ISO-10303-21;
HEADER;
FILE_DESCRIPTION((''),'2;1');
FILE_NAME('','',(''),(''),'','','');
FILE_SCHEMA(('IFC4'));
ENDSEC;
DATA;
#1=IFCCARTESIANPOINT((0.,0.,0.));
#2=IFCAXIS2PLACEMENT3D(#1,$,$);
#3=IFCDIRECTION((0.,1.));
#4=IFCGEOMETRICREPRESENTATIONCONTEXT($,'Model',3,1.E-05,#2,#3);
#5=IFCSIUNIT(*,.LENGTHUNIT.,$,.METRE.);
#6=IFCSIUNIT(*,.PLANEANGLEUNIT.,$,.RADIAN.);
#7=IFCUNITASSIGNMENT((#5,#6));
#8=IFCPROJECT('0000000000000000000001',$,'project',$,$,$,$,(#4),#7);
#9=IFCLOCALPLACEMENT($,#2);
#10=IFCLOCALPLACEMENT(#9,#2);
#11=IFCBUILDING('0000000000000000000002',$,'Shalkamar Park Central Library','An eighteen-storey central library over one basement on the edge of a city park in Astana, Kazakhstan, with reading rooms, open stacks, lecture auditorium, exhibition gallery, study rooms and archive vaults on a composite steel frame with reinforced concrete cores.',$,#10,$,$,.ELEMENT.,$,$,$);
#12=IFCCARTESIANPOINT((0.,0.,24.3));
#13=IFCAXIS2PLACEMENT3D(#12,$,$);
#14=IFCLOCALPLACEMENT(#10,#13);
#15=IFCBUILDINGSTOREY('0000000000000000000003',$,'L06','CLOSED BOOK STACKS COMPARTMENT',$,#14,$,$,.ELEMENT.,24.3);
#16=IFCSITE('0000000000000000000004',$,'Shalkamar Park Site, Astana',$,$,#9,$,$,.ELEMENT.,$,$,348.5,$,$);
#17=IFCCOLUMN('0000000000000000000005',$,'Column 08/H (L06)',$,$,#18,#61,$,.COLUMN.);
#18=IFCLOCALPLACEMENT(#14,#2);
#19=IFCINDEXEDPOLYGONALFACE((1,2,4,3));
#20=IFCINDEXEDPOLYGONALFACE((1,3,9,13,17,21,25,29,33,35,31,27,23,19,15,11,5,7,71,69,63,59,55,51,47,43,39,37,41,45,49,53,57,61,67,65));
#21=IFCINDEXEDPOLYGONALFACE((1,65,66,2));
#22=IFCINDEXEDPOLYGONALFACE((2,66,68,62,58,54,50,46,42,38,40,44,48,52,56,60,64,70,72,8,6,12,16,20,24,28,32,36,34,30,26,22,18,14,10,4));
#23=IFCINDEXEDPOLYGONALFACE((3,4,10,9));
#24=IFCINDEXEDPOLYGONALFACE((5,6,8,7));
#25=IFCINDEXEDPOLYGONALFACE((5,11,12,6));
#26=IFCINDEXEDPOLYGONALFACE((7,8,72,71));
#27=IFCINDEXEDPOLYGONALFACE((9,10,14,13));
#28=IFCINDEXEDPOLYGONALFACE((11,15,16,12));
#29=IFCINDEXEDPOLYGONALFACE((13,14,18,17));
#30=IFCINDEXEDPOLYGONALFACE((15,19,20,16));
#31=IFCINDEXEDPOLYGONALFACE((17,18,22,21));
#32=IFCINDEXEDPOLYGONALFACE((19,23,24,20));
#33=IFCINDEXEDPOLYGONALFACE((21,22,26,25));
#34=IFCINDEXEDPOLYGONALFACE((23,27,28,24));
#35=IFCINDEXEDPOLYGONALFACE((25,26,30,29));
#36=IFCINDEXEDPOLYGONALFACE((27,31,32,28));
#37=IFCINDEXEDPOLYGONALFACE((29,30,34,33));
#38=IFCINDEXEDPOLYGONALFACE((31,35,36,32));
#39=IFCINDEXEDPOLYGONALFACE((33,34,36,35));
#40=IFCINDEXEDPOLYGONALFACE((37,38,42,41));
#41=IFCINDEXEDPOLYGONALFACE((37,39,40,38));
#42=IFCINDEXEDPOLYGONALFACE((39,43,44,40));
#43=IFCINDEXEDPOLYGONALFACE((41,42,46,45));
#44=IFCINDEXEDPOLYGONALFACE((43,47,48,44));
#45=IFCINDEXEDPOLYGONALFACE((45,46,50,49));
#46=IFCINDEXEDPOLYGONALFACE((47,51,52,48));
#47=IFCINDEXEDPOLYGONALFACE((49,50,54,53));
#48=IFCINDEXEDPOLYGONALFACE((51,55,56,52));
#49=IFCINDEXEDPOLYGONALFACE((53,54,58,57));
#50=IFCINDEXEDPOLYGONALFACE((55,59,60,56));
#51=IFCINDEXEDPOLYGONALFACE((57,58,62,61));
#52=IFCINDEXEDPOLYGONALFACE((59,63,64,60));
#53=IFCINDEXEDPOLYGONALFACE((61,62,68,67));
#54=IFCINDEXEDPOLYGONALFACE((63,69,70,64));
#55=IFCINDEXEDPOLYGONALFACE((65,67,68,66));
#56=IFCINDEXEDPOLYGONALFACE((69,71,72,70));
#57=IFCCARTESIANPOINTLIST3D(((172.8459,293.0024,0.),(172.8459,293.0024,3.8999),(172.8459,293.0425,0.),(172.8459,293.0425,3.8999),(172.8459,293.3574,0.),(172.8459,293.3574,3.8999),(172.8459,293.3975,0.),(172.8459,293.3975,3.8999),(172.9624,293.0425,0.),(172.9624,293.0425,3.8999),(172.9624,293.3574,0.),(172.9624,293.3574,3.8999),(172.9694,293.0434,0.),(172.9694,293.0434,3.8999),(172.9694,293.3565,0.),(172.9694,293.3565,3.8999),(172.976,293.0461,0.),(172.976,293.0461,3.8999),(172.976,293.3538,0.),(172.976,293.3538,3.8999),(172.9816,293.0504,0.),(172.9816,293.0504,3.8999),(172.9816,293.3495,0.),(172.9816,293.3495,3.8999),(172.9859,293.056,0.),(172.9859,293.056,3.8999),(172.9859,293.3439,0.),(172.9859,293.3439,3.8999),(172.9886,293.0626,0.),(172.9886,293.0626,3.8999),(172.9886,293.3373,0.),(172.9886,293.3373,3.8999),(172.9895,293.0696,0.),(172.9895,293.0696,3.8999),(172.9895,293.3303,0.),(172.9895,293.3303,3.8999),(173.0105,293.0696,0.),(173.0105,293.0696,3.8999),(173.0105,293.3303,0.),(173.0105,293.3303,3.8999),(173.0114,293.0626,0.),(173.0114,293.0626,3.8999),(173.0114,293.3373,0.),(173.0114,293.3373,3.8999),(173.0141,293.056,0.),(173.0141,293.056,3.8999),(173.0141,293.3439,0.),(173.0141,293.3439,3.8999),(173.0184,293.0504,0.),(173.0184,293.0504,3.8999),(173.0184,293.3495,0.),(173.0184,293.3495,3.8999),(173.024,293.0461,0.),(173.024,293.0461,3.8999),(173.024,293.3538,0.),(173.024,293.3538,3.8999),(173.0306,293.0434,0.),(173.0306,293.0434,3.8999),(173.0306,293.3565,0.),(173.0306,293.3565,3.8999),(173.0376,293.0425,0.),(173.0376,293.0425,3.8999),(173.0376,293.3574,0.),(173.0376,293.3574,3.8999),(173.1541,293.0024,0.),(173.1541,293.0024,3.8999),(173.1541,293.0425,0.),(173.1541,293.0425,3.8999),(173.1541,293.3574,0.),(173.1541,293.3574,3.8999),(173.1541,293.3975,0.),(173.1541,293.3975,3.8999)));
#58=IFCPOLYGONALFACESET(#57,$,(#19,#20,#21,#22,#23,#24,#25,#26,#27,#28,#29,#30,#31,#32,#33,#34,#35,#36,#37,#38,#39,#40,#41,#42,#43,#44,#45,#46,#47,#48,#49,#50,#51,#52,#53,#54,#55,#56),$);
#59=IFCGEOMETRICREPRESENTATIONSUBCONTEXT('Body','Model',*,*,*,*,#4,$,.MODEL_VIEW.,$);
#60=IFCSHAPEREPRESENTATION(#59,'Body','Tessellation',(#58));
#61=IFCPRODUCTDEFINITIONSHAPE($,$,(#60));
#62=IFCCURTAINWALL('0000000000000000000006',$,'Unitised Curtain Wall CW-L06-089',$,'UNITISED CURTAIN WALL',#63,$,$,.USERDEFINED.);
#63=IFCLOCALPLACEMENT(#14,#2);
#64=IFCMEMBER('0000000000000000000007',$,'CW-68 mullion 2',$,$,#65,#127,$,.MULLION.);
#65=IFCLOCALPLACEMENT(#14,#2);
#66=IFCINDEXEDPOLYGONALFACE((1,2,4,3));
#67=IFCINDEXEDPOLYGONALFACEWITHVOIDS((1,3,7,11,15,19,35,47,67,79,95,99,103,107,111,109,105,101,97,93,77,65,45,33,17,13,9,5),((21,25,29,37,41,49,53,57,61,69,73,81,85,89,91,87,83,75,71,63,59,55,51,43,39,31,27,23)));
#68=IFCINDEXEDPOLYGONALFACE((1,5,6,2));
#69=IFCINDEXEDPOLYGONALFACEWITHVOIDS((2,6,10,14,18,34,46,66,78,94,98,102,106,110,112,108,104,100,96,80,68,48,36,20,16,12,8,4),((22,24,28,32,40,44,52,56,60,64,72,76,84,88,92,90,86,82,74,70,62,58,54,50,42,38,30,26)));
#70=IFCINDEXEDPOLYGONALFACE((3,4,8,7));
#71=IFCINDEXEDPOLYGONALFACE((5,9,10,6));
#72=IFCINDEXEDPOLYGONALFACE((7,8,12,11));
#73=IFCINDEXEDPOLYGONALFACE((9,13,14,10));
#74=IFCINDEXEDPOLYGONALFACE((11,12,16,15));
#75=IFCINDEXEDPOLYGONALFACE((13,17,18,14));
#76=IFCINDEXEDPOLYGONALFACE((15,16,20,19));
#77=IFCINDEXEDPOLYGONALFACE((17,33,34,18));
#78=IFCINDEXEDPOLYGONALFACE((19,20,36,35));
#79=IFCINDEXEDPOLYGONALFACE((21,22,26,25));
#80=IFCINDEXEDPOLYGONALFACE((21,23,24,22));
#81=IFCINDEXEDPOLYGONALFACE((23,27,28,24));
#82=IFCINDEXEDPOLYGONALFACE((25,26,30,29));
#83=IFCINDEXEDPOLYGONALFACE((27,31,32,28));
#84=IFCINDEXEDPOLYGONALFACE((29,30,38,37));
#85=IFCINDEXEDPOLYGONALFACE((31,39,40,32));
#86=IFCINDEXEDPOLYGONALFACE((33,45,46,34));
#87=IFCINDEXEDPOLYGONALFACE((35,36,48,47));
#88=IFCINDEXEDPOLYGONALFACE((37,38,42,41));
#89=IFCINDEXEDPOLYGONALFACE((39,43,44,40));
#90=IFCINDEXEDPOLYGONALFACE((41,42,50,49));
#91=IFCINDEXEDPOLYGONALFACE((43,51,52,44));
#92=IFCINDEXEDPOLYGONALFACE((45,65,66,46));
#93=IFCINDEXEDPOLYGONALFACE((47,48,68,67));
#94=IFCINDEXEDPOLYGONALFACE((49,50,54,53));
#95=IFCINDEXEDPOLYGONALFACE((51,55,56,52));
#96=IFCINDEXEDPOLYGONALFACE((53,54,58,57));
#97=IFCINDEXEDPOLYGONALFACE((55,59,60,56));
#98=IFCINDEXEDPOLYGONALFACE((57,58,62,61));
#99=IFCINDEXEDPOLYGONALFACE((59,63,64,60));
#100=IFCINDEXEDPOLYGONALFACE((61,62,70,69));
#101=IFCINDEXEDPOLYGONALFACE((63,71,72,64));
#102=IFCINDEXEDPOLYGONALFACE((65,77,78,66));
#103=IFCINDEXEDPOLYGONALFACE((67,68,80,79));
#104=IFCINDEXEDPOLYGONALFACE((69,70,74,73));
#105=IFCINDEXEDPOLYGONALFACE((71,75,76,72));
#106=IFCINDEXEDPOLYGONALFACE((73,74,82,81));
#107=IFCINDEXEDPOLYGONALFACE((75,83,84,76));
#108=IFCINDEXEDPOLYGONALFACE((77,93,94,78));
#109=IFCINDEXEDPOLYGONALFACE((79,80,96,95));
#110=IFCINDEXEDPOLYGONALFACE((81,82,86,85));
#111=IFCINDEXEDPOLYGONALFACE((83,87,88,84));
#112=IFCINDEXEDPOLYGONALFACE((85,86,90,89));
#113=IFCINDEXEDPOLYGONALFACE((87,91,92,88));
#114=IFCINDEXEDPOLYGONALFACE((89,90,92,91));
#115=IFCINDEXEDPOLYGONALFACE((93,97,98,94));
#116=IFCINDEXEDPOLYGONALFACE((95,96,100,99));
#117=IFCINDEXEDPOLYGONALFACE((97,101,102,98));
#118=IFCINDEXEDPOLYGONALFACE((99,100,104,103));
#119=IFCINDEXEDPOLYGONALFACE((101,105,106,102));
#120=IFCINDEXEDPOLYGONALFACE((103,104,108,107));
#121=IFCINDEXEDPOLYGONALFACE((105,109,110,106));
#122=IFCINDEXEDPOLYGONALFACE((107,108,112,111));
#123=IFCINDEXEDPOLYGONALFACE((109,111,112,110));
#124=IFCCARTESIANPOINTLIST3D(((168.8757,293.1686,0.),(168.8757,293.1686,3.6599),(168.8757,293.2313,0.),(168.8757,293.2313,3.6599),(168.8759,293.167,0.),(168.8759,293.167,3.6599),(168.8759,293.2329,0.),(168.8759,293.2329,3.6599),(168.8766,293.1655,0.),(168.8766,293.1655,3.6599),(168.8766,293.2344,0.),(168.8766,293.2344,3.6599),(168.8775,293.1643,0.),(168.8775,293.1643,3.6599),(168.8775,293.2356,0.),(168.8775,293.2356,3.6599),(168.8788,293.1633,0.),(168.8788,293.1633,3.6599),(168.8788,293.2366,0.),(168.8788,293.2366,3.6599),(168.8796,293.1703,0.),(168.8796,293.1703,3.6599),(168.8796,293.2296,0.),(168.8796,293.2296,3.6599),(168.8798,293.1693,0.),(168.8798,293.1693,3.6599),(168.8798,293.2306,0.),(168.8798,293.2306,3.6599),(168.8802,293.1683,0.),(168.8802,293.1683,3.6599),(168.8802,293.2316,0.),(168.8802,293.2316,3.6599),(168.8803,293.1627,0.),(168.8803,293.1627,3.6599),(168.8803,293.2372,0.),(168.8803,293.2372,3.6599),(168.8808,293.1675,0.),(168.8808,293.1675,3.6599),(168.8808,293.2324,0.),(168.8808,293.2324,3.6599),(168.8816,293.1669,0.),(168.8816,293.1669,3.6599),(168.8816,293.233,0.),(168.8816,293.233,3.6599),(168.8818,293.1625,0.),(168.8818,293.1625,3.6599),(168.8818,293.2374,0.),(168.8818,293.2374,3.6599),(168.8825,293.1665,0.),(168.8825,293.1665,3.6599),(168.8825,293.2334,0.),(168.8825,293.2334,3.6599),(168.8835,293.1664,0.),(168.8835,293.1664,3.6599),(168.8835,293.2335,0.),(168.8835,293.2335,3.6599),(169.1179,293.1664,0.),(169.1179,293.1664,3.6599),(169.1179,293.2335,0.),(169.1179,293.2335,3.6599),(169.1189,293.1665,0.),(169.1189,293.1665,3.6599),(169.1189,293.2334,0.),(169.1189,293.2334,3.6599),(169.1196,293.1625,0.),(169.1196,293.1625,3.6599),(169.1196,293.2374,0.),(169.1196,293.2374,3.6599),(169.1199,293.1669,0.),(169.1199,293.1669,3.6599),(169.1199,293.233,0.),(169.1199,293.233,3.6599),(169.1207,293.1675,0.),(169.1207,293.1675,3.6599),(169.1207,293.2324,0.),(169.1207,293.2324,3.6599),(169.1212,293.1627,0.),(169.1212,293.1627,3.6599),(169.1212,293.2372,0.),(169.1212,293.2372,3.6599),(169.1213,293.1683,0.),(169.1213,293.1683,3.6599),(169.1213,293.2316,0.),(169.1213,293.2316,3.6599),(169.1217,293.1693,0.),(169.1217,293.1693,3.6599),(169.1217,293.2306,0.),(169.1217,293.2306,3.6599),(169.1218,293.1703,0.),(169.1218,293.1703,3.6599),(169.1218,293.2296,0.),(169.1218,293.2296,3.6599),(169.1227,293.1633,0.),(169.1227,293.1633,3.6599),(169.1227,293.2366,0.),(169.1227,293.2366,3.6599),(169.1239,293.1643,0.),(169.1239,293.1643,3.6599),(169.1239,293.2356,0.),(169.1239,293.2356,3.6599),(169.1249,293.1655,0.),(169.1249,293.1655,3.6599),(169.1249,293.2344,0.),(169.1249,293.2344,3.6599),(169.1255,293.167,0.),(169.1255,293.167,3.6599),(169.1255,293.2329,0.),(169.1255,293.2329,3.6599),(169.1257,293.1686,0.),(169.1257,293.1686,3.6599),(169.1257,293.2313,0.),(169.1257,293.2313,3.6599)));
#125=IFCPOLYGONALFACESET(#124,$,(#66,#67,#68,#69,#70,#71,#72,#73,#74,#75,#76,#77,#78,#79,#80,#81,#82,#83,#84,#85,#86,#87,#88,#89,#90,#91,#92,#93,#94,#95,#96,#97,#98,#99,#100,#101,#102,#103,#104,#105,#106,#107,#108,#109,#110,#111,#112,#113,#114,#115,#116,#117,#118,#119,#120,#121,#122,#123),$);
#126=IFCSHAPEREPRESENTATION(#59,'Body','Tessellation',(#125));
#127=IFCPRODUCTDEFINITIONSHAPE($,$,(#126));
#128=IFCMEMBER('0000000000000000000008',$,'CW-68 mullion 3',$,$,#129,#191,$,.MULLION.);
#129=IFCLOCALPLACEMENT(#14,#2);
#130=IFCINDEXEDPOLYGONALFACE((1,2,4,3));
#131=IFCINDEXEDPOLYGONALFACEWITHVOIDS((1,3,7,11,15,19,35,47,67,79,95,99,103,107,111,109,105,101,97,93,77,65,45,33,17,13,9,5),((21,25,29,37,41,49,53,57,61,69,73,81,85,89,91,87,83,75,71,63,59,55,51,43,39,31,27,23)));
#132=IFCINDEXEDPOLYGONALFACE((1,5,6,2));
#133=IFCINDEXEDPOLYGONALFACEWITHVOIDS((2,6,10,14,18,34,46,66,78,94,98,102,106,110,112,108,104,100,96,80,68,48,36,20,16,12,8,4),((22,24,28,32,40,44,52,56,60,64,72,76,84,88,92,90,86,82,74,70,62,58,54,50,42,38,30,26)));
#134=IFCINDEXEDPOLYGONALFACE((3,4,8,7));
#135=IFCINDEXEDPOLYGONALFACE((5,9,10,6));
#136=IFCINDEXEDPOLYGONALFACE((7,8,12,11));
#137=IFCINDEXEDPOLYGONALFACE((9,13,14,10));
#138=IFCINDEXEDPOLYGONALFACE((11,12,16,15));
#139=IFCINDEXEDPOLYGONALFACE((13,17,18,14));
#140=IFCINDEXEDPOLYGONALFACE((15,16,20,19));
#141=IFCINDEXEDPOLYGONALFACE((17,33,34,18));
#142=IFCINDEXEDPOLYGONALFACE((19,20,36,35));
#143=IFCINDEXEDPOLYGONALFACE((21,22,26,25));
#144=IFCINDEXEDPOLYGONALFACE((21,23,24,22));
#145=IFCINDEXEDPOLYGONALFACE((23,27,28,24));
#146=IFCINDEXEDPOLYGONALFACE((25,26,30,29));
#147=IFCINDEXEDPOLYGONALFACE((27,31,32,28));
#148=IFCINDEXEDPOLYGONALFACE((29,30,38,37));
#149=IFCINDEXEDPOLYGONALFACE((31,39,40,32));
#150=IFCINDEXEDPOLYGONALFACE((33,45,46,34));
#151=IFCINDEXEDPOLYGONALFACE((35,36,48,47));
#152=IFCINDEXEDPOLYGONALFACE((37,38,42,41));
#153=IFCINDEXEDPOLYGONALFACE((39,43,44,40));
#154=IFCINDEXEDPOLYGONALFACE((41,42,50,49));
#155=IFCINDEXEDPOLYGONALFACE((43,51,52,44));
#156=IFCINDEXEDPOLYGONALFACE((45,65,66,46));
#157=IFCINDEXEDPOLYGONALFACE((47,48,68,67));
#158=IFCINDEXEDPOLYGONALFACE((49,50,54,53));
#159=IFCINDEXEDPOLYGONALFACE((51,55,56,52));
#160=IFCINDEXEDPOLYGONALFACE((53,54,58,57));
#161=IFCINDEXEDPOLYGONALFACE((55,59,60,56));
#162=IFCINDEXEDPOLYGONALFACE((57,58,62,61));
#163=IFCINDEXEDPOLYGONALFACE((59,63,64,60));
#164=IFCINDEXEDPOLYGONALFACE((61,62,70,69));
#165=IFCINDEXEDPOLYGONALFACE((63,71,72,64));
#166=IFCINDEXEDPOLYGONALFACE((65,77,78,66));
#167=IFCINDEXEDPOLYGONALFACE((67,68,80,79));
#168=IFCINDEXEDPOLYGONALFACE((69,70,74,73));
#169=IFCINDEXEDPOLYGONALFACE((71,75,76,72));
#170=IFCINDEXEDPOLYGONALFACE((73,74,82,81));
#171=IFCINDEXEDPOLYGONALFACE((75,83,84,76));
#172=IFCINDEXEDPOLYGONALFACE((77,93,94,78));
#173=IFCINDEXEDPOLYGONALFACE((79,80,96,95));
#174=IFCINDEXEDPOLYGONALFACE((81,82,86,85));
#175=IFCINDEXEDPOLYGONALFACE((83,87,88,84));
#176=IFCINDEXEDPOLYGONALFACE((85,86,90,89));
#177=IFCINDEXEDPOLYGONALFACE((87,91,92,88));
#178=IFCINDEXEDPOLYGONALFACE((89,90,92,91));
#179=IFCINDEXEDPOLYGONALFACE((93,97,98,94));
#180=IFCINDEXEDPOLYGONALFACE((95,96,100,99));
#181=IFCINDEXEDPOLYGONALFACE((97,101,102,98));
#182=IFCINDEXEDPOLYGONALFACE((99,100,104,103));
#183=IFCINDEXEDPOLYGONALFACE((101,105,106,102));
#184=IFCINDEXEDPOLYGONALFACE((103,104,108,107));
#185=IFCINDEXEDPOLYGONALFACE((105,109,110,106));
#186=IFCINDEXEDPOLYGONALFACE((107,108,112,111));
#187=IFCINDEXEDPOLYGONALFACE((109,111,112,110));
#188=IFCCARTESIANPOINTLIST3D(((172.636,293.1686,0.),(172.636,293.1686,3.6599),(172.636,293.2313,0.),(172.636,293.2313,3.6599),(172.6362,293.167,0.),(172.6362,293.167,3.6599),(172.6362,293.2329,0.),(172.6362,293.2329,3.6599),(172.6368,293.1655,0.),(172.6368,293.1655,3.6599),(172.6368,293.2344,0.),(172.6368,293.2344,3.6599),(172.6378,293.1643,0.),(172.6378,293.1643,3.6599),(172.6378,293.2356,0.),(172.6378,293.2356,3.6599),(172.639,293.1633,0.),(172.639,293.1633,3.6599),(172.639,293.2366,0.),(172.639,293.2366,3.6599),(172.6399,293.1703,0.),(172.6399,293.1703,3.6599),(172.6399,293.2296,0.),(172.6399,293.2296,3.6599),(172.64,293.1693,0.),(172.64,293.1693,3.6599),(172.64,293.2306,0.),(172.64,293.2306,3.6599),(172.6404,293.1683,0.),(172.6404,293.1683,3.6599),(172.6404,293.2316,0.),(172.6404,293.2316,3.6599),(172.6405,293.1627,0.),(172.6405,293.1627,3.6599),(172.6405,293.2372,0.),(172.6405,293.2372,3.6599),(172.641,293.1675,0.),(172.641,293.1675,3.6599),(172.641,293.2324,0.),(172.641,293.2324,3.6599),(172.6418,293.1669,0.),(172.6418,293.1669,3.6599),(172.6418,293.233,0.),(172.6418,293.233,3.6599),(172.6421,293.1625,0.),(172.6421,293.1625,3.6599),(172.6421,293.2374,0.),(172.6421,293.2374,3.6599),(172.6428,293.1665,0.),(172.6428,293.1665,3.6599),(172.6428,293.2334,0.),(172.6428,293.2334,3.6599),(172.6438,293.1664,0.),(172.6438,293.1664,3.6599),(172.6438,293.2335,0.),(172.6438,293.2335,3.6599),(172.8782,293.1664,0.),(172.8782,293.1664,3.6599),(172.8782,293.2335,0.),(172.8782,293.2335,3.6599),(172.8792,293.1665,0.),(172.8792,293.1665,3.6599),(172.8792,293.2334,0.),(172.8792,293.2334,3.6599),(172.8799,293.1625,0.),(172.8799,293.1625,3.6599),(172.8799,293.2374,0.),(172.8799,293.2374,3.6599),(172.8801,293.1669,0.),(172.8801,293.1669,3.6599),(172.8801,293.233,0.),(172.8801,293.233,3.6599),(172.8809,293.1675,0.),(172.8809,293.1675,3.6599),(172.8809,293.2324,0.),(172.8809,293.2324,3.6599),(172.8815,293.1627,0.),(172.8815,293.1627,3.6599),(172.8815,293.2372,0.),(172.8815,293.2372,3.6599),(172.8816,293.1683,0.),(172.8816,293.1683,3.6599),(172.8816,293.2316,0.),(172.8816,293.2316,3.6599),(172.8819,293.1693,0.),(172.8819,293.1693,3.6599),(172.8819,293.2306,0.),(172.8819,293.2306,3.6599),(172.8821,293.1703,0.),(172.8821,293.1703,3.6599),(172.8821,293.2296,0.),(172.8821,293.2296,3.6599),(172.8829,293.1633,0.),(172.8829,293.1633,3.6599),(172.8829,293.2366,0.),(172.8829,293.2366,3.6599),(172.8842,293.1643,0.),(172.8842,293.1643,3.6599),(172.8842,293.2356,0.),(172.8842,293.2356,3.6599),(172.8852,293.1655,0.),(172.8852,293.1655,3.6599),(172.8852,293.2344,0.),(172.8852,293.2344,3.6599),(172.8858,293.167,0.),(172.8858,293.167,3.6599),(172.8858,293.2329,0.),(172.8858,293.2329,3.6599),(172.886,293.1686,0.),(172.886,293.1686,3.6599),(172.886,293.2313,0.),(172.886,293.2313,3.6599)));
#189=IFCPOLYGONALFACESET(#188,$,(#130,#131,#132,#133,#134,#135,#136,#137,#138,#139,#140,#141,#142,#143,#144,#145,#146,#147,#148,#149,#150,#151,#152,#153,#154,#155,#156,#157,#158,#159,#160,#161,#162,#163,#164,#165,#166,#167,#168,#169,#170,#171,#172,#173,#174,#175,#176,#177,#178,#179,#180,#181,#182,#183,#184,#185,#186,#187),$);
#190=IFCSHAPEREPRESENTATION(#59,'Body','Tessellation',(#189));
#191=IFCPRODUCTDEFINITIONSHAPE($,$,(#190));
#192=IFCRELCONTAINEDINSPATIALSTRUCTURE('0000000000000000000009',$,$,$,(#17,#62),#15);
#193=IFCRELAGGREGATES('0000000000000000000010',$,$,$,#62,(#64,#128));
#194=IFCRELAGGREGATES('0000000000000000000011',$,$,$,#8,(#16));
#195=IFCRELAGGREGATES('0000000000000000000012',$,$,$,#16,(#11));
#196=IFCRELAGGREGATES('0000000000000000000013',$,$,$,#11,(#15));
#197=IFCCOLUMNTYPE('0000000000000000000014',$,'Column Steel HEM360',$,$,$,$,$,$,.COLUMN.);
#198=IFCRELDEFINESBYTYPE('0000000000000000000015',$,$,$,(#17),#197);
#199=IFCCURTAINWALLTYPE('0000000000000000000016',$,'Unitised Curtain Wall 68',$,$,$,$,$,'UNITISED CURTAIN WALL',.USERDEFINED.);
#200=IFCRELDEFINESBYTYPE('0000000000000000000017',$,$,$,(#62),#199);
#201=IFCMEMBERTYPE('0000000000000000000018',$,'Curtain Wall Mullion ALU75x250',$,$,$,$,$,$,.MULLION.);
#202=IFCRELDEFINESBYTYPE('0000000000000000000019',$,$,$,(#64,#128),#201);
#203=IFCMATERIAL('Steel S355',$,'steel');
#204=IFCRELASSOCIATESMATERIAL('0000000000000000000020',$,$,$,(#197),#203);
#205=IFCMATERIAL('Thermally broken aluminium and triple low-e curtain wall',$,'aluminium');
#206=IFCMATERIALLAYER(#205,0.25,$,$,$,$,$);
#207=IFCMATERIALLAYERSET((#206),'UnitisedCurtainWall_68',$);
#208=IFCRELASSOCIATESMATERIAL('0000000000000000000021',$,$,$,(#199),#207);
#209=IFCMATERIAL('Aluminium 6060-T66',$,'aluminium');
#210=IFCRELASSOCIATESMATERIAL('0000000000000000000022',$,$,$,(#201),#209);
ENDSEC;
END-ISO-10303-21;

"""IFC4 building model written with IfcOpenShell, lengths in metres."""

from ifc_helpers import new_model, si_unit, direction, frame, origin, origin_2d, place, context, subcontext, project, spatial, hollow_rectangle, i_section, extrude, material, layer, layer_set, material_profile, profile_set, type_object, element, aggregate, save


model = new_model("IFC4")

# Units and contexts
model_context = context("Model", 3, precision=1e-05, world=origin(), true_north=direction((0.0, 1.0)))
body_context = subcontext(model_context, "Body", "Model", "MODEL_VIEW")
ifc_project = project(units=[si_unit("LENGTHUNIT", "METRE"), si_unit("PLANEANGLEUNIT", "RADIAN")], contexts=[model_context])

# Site, building, storey
site_placement = place(None, origin())
site = spatial("IfcSite", under=ifc_project, at=site_placement, Name="Shalkamar Park Site, Astana", CompositionType="ELEMENT", RefElevation=348.5)
building_placement = place(site_placement, origin())
building = spatial("IfcBuilding", under=site, at=building_placement, Name="Shalkamar Park Central Library", Description="An eighteen-storey central library over one basement on the edge of a city park in Astana, Kazakhstan, with reading rooms, open stacks, lecture auditorium, exhibition gallery, study rooms and archive vaults on a composite steel frame with reinforced concrete cores.", CompositionType="ELEMENT")
storey_placement = place(building_placement, frame((0.0, 0.0, 24.3)))
storey = spatial("IfcBuildingStorey", under=building, at=storey_placement, Name="L06", Description="CLOSED BOOK STACKS COMPARTMENT", CompositionType="ELEMENT", Elevation=24.3)

# Column
ifc_material_1 = material(Name="Steel S355", Category="steel")
ifc_material_profile_1 = material_profile(ifc_material_1, i_section(OverallWidth=0.3081, OverallDepth=0.395, WebThickness=0.021, FlangeThickness=0.04, FilletRadius=0.0271, at=origin_2d()), Name="HEM 360")
ifc_profile_set_1 = profile_set([ifc_material_profile_1], Name="Steel S355")
column_type = type_object("IfcColumnType", Name="Column Steel HEM360", PredefinedType="COLUMN", material=ifc_profile_set_1)
column_placement = place(storey_placement, frame((173.0, 293.2, 0.0), z_axis=(0.0, 0.0, 1.0), x_axis=(1.0, 0.0, 0.0)))
element("IfcColumn", 1, at=column_placement, inside=storey, type_object=column_type, Name="Column 08/H (L06)", PredefinedType="COLUMN", context=body_context, shape_type="SweptSolid", body=[
    extrude(i_section(OverallWidth=0.3081, OverallDepth=0.395, WebThickness=0.021, FlangeThickness=0.04, FilletRadius=0.0271, at=origin_2d()), origin(), (0.0, 0.0, 1.0), 3.8999),
])

# Curtain wall, members
ifc_material_2 = material(Name="Thermally broken aluminium and triple low-e curtain wall", Category="aluminium")
ifc_layer_1 = layer(ifc_material_2, 0.25)
ifc_layer_set_1 = layer_set([ifc_layer_1], Name="UnitisedCurtainWall_68")
curtain_wall_type_1 = type_object("IfcCurtainWallType", Name="Unitised Curtain Wall 68", ElementType="UNITISED CURTAIN WALL", PredefinedType="USERDEFINED", material=ifc_layer_set_1)
curtain_wall_1_placement = place(storey_placement, origin())
curtain_wall_1 = element("IfcCurtainWall", 2, at=curtain_wall_1_placement, inside=storey, type_object=curtain_wall_type_1, Name="Unitised Curtain Wall CW-L06-089", ObjectType="UNITISED CURTAIN WALL", PredefinedType="USERDEFINED")
ifc_material_3 = material(Name="Aluminium 6060-T66", Category="aluminium")
ifc_material_profile_2 = material_profile(ifc_material_3, hollow_rectangle(XDim=0.075, YDim=0.25, WallThickness=0.0039, InnerFilletRadius=0.0039, OuterFilletRadius=0.0061, at=origin_2d()), Name="ALU 75x250x4")
ifc_profile_set_2 = profile_set([ifc_material_profile_2], Name="Aluminium 6060-T66")
member_type_1 = type_object("IfcMemberType", Name="Curtain Wall Mullion ALU75x250", PredefinedType="MULLION", material=ifc_profile_set_2)
member_1_placement = place(storey_placement, frame((169.0007, 293.2, 0.0), z_axis=(0.0, 0.0, 1.0), x_axis=(0.0, 1.0, 0.0)))
member_1 = element("IfcMember", 3, at=member_1_placement, type_object=member_type_1, Name="CW-68 mullion 2", PredefinedType="MULLION", context=body_context, shape_type="SweptSolid", body=[
    extrude(hollow_rectangle(XDim=0.075, YDim=0.25, WallThickness=0.0039, InnerFilletRadius=0.0039, OuterFilletRadius=0.0061, at=origin_2d()), origin(), (0.0, 0.0, 1.0), 3.6599),
])
member_2_placement = place(storey_placement, frame((172.761, 293.2, 0.0), z_axis=(0.0, 0.0, 1.0), x_axis=(0.0, 1.0, 0.0)))
member_2 = element("IfcMember", 4, at=member_2_placement, type_object=member_type_1, Name="CW-68 mullion 3", PredefinedType="MULLION", context=body_context, shape_type="SweptSolid", body=[
    extrude(hollow_rectangle(XDim=0.075, YDim=0.25, WallThickness=0.0039, InnerFilletRadius=0.0039, OuterFilletRadius=0.0061, at=origin_2d()), origin(), (0.0, 0.0, 1.0), 3.6599),
])

aggregate(curtain_wall_1, [member_1, member_2])

save(model, "model.ifc")
